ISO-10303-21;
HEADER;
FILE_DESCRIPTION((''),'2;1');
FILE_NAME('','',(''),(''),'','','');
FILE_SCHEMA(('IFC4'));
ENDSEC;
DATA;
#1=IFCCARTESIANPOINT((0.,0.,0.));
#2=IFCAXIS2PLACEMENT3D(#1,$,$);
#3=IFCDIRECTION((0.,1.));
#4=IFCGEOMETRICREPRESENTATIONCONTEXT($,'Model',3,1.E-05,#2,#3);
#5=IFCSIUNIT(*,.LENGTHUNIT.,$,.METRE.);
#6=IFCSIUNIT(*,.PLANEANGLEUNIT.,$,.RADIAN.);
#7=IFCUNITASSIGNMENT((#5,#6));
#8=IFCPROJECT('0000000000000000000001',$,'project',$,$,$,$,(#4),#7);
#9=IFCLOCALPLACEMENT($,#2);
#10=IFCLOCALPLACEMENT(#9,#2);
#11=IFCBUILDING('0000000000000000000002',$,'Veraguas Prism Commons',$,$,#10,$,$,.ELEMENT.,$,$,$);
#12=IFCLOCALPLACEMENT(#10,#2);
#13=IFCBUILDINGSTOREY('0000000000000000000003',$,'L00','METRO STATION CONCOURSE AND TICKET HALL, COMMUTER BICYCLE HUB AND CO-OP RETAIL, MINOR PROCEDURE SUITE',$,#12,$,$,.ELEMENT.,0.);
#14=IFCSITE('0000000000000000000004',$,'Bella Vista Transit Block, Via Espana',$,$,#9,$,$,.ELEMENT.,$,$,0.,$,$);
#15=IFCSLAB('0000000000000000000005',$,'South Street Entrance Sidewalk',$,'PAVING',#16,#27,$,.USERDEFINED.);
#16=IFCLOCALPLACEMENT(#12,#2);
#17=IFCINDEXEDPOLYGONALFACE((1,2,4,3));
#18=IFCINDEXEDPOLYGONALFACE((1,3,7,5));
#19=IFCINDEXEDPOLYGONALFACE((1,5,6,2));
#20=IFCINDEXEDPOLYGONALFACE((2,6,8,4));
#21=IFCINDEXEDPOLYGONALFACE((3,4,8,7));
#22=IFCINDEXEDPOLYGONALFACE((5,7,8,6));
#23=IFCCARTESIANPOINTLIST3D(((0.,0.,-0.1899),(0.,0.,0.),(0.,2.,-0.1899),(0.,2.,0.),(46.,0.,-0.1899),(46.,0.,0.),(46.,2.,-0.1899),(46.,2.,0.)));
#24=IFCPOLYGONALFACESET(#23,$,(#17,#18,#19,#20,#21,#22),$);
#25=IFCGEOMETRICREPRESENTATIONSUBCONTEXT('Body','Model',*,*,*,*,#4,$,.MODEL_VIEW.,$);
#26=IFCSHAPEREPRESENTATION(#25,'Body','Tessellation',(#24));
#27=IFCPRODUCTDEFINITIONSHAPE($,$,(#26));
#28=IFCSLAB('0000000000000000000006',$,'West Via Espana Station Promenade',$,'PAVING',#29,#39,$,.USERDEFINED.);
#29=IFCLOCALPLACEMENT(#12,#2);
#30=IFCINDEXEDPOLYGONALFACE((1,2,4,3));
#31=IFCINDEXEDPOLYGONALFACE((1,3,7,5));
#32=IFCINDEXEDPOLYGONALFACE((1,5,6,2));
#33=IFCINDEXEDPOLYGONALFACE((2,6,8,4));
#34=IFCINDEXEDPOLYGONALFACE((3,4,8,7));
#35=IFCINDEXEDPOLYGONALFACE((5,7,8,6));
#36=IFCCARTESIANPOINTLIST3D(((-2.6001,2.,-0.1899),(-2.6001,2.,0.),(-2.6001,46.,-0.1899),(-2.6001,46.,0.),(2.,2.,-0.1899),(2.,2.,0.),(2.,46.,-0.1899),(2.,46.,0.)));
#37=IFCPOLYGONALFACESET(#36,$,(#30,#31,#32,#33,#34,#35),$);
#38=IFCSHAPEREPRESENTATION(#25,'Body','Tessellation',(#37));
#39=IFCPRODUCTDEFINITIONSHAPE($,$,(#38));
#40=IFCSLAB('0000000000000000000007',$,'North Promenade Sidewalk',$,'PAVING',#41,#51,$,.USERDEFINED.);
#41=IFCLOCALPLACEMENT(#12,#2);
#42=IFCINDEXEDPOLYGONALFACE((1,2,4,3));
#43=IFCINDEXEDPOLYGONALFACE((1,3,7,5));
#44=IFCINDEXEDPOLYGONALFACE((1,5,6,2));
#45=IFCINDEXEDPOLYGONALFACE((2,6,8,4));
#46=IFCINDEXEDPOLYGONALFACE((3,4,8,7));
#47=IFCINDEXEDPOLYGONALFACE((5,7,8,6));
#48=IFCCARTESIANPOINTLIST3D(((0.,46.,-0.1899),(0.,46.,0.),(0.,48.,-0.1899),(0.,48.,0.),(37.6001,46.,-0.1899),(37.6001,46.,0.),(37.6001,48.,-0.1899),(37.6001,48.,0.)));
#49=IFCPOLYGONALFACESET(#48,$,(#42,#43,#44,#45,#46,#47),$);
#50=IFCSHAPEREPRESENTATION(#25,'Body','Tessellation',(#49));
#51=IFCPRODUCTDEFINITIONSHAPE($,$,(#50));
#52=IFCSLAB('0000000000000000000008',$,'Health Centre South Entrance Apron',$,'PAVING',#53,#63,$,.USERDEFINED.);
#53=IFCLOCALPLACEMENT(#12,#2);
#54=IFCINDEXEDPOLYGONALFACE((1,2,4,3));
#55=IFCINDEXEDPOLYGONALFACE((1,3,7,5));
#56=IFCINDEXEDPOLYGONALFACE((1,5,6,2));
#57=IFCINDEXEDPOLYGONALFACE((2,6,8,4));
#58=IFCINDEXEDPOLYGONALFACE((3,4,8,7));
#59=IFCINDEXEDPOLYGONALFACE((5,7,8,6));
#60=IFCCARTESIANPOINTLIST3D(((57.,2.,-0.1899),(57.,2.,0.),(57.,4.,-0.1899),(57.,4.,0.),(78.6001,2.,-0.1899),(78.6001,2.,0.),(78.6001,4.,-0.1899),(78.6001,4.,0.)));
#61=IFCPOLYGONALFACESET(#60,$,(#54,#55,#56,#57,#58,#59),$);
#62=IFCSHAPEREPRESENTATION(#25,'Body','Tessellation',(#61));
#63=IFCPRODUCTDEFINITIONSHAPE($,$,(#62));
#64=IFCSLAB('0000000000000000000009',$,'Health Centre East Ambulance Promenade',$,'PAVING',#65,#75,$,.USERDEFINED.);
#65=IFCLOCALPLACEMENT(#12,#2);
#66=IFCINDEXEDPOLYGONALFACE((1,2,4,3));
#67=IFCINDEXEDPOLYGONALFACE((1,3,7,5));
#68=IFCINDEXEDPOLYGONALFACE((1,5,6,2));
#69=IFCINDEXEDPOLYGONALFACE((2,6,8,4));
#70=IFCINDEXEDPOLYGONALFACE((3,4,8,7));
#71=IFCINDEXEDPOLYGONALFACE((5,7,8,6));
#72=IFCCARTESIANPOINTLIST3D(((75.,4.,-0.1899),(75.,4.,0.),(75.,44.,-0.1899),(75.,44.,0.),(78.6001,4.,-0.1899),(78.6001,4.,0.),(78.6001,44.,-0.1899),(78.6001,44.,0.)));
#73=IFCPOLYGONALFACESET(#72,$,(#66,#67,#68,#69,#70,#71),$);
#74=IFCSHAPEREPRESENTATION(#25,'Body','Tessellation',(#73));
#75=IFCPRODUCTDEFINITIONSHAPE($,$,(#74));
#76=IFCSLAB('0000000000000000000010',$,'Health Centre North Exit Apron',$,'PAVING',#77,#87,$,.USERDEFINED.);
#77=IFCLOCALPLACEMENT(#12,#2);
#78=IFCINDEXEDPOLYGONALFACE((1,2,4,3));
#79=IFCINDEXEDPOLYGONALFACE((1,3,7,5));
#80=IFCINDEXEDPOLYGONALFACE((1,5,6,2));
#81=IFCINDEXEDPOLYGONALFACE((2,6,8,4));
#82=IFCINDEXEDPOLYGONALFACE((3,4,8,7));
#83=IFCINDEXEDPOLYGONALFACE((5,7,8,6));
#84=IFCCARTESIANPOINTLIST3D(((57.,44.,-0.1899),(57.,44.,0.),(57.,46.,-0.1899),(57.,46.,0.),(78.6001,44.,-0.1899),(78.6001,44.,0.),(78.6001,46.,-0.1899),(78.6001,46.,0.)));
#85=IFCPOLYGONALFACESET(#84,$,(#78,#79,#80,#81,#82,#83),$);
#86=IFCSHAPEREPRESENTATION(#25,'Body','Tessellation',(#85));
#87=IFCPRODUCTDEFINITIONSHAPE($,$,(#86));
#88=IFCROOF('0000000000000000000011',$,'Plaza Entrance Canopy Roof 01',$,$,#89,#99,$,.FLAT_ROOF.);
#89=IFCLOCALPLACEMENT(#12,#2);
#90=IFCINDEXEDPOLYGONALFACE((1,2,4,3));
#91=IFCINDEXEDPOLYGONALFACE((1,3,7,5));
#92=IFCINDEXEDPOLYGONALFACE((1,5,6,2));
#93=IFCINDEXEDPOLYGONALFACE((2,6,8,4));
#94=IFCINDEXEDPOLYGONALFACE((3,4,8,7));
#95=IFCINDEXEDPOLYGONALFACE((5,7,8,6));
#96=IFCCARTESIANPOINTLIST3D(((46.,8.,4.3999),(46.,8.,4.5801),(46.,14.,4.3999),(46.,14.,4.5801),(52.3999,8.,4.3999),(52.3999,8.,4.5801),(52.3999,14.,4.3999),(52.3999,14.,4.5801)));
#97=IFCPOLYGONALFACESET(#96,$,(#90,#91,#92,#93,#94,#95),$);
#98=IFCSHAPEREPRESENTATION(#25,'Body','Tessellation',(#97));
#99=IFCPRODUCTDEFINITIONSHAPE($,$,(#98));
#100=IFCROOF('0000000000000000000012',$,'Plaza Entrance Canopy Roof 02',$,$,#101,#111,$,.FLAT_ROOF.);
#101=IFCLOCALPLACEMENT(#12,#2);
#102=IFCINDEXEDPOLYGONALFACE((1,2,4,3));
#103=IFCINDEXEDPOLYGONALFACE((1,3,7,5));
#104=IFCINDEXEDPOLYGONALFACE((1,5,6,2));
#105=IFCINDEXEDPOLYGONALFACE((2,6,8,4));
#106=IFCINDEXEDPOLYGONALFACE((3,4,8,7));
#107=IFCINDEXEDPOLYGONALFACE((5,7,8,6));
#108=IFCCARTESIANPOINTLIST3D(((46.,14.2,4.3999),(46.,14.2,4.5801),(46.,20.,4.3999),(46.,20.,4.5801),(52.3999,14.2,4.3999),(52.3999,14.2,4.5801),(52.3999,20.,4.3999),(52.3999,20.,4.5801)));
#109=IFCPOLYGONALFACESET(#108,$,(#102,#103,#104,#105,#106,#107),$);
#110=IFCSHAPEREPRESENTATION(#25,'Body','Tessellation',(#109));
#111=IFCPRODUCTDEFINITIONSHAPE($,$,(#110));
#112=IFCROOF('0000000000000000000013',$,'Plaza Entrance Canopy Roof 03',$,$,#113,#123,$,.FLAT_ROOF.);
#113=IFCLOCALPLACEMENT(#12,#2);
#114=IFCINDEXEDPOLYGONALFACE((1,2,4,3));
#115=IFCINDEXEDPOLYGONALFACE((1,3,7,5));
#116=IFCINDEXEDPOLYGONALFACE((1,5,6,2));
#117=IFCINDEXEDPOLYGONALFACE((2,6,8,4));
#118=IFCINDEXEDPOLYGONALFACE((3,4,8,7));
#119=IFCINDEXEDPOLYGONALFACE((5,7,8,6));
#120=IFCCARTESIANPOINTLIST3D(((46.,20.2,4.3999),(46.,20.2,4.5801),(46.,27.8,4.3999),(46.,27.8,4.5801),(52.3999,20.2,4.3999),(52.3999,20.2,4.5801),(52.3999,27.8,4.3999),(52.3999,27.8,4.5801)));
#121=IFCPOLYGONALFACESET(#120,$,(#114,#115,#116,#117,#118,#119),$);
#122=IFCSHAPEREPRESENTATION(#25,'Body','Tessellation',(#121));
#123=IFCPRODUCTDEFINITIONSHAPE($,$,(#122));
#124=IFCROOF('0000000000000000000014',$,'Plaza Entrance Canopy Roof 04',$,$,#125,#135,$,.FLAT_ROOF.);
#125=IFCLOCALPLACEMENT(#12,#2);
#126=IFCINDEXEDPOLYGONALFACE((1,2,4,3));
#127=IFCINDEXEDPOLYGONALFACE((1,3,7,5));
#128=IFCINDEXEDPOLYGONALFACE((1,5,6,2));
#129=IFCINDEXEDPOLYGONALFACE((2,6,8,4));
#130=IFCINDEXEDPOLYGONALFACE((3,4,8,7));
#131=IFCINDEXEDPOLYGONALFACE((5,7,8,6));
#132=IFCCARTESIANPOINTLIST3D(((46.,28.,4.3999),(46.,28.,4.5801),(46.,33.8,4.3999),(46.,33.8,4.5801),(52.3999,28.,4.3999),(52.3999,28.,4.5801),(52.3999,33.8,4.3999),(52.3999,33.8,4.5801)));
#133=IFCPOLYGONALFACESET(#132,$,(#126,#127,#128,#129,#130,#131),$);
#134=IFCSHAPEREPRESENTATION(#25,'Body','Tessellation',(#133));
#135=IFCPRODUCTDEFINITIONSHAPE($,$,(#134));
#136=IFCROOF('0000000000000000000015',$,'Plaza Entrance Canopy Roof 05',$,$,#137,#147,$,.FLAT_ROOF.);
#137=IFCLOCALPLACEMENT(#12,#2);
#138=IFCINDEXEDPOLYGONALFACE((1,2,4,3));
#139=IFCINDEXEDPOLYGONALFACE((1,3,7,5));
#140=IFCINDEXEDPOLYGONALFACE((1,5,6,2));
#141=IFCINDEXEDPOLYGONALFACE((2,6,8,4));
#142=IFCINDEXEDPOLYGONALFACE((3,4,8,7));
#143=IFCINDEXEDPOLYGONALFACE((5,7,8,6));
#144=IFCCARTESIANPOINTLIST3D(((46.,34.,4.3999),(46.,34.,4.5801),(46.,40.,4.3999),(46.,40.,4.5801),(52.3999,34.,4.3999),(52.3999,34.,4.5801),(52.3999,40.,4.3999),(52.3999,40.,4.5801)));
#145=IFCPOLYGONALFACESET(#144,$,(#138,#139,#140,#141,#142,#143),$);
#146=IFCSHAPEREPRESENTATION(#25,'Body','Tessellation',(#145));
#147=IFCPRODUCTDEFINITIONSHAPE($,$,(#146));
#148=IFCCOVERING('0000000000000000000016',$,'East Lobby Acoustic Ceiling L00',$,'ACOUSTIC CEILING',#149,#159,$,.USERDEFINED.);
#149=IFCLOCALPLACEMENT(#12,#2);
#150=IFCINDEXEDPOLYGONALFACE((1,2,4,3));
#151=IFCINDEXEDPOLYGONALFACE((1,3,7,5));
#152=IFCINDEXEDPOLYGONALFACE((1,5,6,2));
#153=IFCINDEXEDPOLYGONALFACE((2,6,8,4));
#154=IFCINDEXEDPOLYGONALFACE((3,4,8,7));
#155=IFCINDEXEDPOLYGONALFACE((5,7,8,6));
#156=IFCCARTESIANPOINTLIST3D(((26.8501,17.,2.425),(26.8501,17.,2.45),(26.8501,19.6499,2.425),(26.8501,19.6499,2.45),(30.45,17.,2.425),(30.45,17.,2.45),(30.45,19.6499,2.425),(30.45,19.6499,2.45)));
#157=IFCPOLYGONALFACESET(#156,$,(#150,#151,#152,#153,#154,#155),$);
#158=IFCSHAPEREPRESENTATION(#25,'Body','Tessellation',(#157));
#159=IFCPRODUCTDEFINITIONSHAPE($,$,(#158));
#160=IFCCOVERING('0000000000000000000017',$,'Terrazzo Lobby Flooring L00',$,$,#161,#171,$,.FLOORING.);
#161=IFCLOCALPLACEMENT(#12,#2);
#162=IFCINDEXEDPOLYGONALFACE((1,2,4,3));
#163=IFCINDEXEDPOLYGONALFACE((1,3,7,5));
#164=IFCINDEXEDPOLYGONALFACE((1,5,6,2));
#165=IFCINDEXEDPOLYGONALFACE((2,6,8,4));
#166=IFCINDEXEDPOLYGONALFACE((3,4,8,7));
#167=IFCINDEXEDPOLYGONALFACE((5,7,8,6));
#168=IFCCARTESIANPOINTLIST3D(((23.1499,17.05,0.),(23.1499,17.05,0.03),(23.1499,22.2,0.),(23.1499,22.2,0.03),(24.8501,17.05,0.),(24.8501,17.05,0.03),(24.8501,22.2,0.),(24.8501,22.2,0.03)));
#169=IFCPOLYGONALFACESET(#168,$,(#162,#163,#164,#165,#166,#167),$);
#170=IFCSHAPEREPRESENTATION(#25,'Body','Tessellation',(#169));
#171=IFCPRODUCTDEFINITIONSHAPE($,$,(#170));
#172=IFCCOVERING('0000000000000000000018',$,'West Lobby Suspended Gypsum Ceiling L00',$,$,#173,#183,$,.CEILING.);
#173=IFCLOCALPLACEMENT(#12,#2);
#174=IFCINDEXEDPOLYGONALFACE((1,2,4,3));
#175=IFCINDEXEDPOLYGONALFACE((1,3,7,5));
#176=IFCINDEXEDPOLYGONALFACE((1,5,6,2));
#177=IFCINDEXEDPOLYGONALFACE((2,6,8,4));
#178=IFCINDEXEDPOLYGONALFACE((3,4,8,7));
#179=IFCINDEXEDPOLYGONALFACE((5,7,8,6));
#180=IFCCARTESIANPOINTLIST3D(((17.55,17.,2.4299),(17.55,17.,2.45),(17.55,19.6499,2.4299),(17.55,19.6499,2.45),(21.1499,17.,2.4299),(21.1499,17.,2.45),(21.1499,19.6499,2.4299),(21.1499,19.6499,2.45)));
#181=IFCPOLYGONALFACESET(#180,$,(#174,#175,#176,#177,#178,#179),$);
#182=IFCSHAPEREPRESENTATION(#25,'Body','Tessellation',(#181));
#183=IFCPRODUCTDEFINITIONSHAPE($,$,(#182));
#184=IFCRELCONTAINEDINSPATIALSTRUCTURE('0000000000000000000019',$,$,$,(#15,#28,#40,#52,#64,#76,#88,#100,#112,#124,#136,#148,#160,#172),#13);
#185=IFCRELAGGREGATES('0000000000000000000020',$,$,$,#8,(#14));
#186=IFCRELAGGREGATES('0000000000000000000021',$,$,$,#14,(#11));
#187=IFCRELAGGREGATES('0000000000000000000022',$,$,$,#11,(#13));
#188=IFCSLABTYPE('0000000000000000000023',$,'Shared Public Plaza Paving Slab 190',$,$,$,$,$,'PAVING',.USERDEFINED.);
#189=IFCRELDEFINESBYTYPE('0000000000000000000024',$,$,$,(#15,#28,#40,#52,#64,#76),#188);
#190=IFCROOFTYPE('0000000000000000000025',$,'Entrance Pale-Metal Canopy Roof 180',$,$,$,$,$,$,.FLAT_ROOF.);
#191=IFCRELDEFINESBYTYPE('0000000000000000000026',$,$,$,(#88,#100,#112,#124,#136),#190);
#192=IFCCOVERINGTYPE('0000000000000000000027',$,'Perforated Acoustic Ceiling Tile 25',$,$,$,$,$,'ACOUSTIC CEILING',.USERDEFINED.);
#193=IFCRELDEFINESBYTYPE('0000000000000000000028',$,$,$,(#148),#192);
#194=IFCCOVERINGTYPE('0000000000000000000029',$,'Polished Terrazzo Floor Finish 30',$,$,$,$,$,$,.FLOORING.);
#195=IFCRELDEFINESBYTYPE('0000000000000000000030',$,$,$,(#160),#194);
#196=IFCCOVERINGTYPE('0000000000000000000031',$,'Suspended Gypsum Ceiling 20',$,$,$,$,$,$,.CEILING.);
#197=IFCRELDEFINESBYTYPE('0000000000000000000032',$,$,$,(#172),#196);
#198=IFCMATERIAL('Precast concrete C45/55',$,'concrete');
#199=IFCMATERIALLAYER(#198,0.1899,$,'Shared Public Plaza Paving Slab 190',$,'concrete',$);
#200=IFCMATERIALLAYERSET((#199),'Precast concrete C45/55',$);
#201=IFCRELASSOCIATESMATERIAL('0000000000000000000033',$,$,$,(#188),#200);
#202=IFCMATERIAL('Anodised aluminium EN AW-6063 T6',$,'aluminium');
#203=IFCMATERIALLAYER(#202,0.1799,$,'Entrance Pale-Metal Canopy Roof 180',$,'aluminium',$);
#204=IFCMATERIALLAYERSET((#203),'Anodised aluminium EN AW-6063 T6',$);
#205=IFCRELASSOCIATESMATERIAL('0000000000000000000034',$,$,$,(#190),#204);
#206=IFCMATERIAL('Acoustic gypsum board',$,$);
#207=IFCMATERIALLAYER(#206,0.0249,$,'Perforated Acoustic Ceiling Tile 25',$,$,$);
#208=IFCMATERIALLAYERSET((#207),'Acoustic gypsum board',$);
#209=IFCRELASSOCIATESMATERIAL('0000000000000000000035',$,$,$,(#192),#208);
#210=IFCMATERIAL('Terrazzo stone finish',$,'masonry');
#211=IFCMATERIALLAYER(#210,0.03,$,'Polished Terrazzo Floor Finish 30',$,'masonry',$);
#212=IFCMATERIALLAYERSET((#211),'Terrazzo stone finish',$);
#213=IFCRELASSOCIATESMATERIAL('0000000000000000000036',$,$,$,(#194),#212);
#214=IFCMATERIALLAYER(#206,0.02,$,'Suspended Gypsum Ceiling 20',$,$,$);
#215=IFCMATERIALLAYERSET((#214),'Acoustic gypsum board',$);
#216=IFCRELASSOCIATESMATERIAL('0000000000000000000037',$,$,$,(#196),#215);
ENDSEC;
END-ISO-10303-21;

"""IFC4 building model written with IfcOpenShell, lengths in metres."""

from ifc_helpers import new_model, si_unit, direction, frame, origin, place, context, subcontext, project, spatial, polyline, outline, extrude, material, layer, layer_set, type_object, element, save


model = new_model("IFC4")

# Units and contexts
model_context = context("Model", 3, precision=1e-05, world=origin(), true_north=direction((0.0, 1.0)))
body_context = subcontext(model_context, "Body", "Model", "MODEL_VIEW")
ifc_project = project(units=[si_unit("LENGTHUNIT", "METRE"), si_unit("PLANEANGLEUNIT", "RADIAN")], contexts=[model_context])

# Site, building, storey
site_placement = place(None, origin())
site = spatial("IfcSite", under=ifc_project, at=site_placement, Name="Bella Vista Transit Block, Via Espana", CompositionType="ELEMENT", RefElevation=0.0)
building_placement = place(site_placement, origin())
building = spatial("IfcBuilding", under=site, at=building_placement, Name="Veraguas Prism Commons", CompositionType="ELEMENT")
storey_placement = place(building_placement, origin())
storey = spatial("IfcBuildingStorey", under=building, at=storey_placement, Name="L00", Description="METRO STATION CONCOURSE AND TICKET HALL, COMMUTER BICYCLE HUB AND CO-OP RETAIL, MINOR PROCEDURE SUITE", CompositionType="ELEMENT", Elevation=0.0)

# Shared definitions
ifc_material_1 = material(Name="Precast concrete C45/55", Category="concrete")

# Slabs
ifc_layer_1 = layer(ifc_material_1, 0.1899, Name="Shared Public Plaza Paving Slab 190", Category="concrete")
ifc_layer_set_1 = layer_set([ifc_layer_1], Name="Precast concrete C45/55")
slab_type_1 = type_object("IfcSlabType", Name="Shared Public Plaza Paving Slab 190", ElementType="PAVING", PredefinedType="USERDEFINED", material=ifc_layer_set_1)
slab_1_placement = place(storey_placement, frame((0.0, 0.0, -0.1899)))
element("IfcSlab", 1, at=slab_1_placement, inside=storey, type_object=slab_type_1, Name="South Street Entrance Sidewalk", ObjectType="PAVING", PredefinedType="USERDEFINED", context=body_context, shape_type="SweptSolid", body=[
    extrude(outline(polyline([(0.0, 0.0), (46.0, 0.0), (46.0, 2.0), (0.0, 2.0), (0.0, 0.0)])), origin(), (0.0, 0.0, 1.0), 0.1899),
])
slab_2_placement = place(storey_placement, frame((0.0, 0.0, -0.1899)))
element("IfcSlab", 2, at=slab_2_placement, inside=storey, type_object=slab_type_1, Name="West Via Espana Station Promenade", ObjectType="PAVING", PredefinedType="USERDEFINED", context=body_context, shape_type="SweptSolid", body=[
    extrude(outline(polyline([(-2.6001, 2.0), (2.0, 2.0), (2.0, 46.0), (-2.6001, 46.0), (-2.6001, 2.0)])), origin(), (0.0, 0.0, 1.0), 0.1899),
])
slab_3_placement = place(storey_placement, frame((0.0, 0.0, -0.1899)))
element("IfcSlab", 3, at=slab_3_placement, inside=storey, type_object=slab_type_1, Name="North Promenade Sidewalk", ObjectType="PAVING", PredefinedType="USERDEFINED", context=body_context, shape_type="SweptSolid", body=[
    extrude(outline(polyline([(0.0, 46.0), (37.6001, 46.0), (37.6001, 48.0), (0.0, 48.0), (0.0, 46.0)])), origin(), (0.0, 0.0, 1.0), 0.1899),
])
slab_4_placement = place(storey_placement, frame((0.0, 0.0, -0.1899)))
element("IfcSlab", 4, at=slab_4_placement, inside=storey, type_object=slab_type_1, Name="Health Centre South Entrance Apron", ObjectType="PAVING", PredefinedType="USERDEFINED", context=body_context, shape_type="SweptSolid", body=[
    extrude(outline(polyline([(57.0, 2.0), (78.6001, 2.0), (78.6001, 4.0), (57.0, 4.0), (57.0, 2.0)])), origin(), (0.0, 0.0, 1.0), 0.1899),
])
slab_5_placement = place(storey_placement, frame((0.0, 0.0, -0.1899)))
element("IfcSlab", 5, at=slab_5_placement, inside=storey, type_object=slab_type_1, Name="Health Centre East Ambulance Promenade", ObjectType="PAVING", PredefinedType="USERDEFINED", context=body_context, shape_type="SweptSolid", body=[
    extrude(outline(polyline([(75.0, 4.0), (78.6001, 4.0), (78.6001, 44.0), (75.0, 44.0), (75.0, 4.0)])), origin(), (0.0, 0.0, 1.0), 0.1899),
])
slab_6_placement = place(storey_placement, frame((0.0, 0.0, -0.1899)))
element("IfcSlab", 6, at=slab_6_placement, inside=storey, type_object=slab_type_1, Name="Health Centre North Exit Apron", ObjectType="PAVING", PredefinedType="USERDEFINED", context=body_context, shape_type="SweptSolid", body=[
    extrude(outline(polyline([(57.0, 44.0), (78.6001, 44.0), (78.6001, 46.0), (57.0, 46.0), (57.0, 44.0)])), origin(), (0.0, 0.0, 1.0), 0.1899),
])

# Roofs
ifc_material_2 = material(Name="Anodised aluminium EN AW-6063 T6", Category="aluminium")
ifc_layer_2 = layer(ifc_material_2, 0.1799, Name="Entrance Pale-Metal Canopy Roof 180", Category="aluminium")
ifc_layer_set_2 = layer_set([ifc_layer_2], Name="Anodised aluminium EN AW-6063 T6")
roof_type = type_object("IfcRoofType", Name="Entrance Pale-Metal Canopy Roof 180", PredefinedType="FLAT_ROOF", material=ifc_layer_set_2)
roof_1_placement = place(storey_placement, frame((0.0, 0.0, 4.3999)))
element("IfcRoof", 7, at=roof_1_placement, inside=storey, type_object=roof_type, Name="Plaza Entrance Canopy Roof 01", PredefinedType="FLAT_ROOF", context=body_context, shape_type="SweptSolid", body=[
    extrude(outline(polyline([(46.0, 8.0), (52.3999, 8.0), (52.3999, 14.0), (46.0, 14.0), (46.0, 8.0)])), origin(), (0.0, 0.0, 1.0), 0.1802),
])
roof_2_placement = place(storey_placement, frame((0.0, 0.0, 4.3999)))
element("IfcRoof", 8, at=roof_2_placement, inside=storey, type_object=roof_type, Name="Plaza Entrance Canopy Roof 02", PredefinedType="FLAT_ROOF", context=body_context, shape_type="SweptSolid", body=[
    extrude(outline(polyline([(46.0, 14.2), (52.3999, 14.2), (52.3999, 20.0), (46.0, 20.0), (46.0, 14.2)])), origin(), (0.0, 0.0, 1.0), 0.1802),
])
roof_3_placement = place(storey_placement, frame((0.0, 0.0, 4.3999)))
element("IfcRoof", 9, at=roof_3_placement, inside=storey, type_object=roof_type, Name="Plaza Entrance Canopy Roof 03", PredefinedType="FLAT_ROOF", context=body_context, shape_type="SweptSolid", body=[
    extrude(outline(polyline([(46.0, 20.2), (52.3999, 20.2), (52.3999, 27.8), (46.0, 27.8), (46.0, 20.2)])), origin(), (0.0, 0.0, 1.0), 0.1802),
])
roof_4_placement = place(storey_placement, frame((0.0, 0.0, 4.3999)))
element("IfcRoof", 10, at=roof_4_placement, inside=storey, type_object=roof_type, Name="Plaza Entrance Canopy Roof 04", PredefinedType="FLAT_ROOF", context=body_context, shape_type="SweptSolid", body=[
    extrude(outline(polyline([(46.0, 28.0), (52.3999, 28.0), (52.3999, 33.8), (46.0, 33.8), (46.0, 28.0)])), origin(), (0.0, 0.0, 1.0), 0.1802),
])
roof_5_placement = place(storey_placement, frame((0.0, 0.0, 4.3999)))
element("IfcRoof", 11, at=roof_5_placement, inside=storey, type_object=roof_type, Name="Plaza Entrance Canopy Roof 05", PredefinedType="FLAT_ROOF", context=body_context, shape_type="SweptSolid", body=[
    extrude(outline(polyline([(46.0, 34.0), (52.3999, 34.0), (52.3999, 40.0), (46.0, 40.0), (46.0, 34.0)])), origin(), (0.0, 0.0, 1.0), 0.1802),
])

# Coverings
ifc_material_3 = material(Name="Acoustic gypsum board")
ifc_layer_3 = layer(ifc_material_3, 0.0249, Name="Perforated Acoustic Ceiling Tile 25")
ifc_layer_set_3 = layer_set([ifc_layer_3], Name="Acoustic gypsum board")
covering_type_1 = type_object("IfcCoveringType", Name="Perforated Acoustic Ceiling Tile 25", ElementType="ACOUSTIC CEILING", PredefinedType="USERDEFINED", material=ifc_layer_set_3)
covering_1_placement = place(storey_placement, frame((0.0, 0.0, 2.425)))
element("IfcCovering", 12, at=covering_1_placement, inside=storey, type_object=covering_type_1, Name="East Lobby Acoustic Ceiling L00", ObjectType="ACOUSTIC CEILING", PredefinedType="USERDEFINED", context=body_context, shape_type="SweptSolid", body=[
    extrude(outline(polyline([(26.8501, 17.0), (30.45, 17.0), (30.45, 19.6499), (26.8501, 19.6499), (26.8501, 17.0)])), origin(), (0.0, 0.0, 1.0), 0.0249),
])
ifc_material_4 = material(Name="Terrazzo stone finish", Category="masonry")
ifc_layer_4 = layer(ifc_material_4, 0.03, Name="Polished Terrazzo Floor Finish 30", Category="masonry")
ifc_layer_set_4 = layer_set([ifc_layer_4], Name="Terrazzo stone finish")
covering_type_2 = type_object("IfcCoveringType", Name="Polished Terrazzo Floor Finish 30", PredefinedType="FLOORING", material=ifc_layer_set_4)
covering_2_placement = place(storey_placement, origin())
element("IfcCovering", 13, at=covering_2_placement, inside=storey, type_object=covering_type_2, Name="Terrazzo Lobby Flooring L00", PredefinedType="FLOORING", context=body_context, shape_type="SweptSolid", body=[
    extrude(outline(polyline([(23.1499, 17.05), (24.8501, 17.05), (24.8501, 22.2), (23.1499, 22.2), (23.1499, 17.05)])), origin(), (0.0, 0.0, 1.0), 0.03),
])
ifc_layer_5 = layer(ifc_material_3, 0.02, Name="Suspended Gypsum Ceiling 20")
ifc_layer_set_5 = layer_set([ifc_layer_5], Name="Acoustic gypsum board")
covering_type_3 = type_object("IfcCoveringType", Name="Suspended Gypsum Ceiling 20", PredefinedType="CEILING", material=ifc_layer_set_5)
covering_3_placement = place(storey_placement, frame((0.0, 0.0, 2.4299)))
element("IfcCovering", 14, at=covering_3_placement, inside=storey, type_object=covering_type_3, Name="West Lobby Suspended Gypsum Ceiling L00", PredefinedType="CEILING", context=body_context, shape_type="SweptSolid", body=[
    extrude(outline(polyline([(17.55, 17.0), (21.1499, 17.0), (21.1499, 19.6499), (17.55, 19.6499), (17.55, 17.0)])), origin(), (0.0, 0.0, 1.0), 0.02),
])

save(model, "model.ifc")
